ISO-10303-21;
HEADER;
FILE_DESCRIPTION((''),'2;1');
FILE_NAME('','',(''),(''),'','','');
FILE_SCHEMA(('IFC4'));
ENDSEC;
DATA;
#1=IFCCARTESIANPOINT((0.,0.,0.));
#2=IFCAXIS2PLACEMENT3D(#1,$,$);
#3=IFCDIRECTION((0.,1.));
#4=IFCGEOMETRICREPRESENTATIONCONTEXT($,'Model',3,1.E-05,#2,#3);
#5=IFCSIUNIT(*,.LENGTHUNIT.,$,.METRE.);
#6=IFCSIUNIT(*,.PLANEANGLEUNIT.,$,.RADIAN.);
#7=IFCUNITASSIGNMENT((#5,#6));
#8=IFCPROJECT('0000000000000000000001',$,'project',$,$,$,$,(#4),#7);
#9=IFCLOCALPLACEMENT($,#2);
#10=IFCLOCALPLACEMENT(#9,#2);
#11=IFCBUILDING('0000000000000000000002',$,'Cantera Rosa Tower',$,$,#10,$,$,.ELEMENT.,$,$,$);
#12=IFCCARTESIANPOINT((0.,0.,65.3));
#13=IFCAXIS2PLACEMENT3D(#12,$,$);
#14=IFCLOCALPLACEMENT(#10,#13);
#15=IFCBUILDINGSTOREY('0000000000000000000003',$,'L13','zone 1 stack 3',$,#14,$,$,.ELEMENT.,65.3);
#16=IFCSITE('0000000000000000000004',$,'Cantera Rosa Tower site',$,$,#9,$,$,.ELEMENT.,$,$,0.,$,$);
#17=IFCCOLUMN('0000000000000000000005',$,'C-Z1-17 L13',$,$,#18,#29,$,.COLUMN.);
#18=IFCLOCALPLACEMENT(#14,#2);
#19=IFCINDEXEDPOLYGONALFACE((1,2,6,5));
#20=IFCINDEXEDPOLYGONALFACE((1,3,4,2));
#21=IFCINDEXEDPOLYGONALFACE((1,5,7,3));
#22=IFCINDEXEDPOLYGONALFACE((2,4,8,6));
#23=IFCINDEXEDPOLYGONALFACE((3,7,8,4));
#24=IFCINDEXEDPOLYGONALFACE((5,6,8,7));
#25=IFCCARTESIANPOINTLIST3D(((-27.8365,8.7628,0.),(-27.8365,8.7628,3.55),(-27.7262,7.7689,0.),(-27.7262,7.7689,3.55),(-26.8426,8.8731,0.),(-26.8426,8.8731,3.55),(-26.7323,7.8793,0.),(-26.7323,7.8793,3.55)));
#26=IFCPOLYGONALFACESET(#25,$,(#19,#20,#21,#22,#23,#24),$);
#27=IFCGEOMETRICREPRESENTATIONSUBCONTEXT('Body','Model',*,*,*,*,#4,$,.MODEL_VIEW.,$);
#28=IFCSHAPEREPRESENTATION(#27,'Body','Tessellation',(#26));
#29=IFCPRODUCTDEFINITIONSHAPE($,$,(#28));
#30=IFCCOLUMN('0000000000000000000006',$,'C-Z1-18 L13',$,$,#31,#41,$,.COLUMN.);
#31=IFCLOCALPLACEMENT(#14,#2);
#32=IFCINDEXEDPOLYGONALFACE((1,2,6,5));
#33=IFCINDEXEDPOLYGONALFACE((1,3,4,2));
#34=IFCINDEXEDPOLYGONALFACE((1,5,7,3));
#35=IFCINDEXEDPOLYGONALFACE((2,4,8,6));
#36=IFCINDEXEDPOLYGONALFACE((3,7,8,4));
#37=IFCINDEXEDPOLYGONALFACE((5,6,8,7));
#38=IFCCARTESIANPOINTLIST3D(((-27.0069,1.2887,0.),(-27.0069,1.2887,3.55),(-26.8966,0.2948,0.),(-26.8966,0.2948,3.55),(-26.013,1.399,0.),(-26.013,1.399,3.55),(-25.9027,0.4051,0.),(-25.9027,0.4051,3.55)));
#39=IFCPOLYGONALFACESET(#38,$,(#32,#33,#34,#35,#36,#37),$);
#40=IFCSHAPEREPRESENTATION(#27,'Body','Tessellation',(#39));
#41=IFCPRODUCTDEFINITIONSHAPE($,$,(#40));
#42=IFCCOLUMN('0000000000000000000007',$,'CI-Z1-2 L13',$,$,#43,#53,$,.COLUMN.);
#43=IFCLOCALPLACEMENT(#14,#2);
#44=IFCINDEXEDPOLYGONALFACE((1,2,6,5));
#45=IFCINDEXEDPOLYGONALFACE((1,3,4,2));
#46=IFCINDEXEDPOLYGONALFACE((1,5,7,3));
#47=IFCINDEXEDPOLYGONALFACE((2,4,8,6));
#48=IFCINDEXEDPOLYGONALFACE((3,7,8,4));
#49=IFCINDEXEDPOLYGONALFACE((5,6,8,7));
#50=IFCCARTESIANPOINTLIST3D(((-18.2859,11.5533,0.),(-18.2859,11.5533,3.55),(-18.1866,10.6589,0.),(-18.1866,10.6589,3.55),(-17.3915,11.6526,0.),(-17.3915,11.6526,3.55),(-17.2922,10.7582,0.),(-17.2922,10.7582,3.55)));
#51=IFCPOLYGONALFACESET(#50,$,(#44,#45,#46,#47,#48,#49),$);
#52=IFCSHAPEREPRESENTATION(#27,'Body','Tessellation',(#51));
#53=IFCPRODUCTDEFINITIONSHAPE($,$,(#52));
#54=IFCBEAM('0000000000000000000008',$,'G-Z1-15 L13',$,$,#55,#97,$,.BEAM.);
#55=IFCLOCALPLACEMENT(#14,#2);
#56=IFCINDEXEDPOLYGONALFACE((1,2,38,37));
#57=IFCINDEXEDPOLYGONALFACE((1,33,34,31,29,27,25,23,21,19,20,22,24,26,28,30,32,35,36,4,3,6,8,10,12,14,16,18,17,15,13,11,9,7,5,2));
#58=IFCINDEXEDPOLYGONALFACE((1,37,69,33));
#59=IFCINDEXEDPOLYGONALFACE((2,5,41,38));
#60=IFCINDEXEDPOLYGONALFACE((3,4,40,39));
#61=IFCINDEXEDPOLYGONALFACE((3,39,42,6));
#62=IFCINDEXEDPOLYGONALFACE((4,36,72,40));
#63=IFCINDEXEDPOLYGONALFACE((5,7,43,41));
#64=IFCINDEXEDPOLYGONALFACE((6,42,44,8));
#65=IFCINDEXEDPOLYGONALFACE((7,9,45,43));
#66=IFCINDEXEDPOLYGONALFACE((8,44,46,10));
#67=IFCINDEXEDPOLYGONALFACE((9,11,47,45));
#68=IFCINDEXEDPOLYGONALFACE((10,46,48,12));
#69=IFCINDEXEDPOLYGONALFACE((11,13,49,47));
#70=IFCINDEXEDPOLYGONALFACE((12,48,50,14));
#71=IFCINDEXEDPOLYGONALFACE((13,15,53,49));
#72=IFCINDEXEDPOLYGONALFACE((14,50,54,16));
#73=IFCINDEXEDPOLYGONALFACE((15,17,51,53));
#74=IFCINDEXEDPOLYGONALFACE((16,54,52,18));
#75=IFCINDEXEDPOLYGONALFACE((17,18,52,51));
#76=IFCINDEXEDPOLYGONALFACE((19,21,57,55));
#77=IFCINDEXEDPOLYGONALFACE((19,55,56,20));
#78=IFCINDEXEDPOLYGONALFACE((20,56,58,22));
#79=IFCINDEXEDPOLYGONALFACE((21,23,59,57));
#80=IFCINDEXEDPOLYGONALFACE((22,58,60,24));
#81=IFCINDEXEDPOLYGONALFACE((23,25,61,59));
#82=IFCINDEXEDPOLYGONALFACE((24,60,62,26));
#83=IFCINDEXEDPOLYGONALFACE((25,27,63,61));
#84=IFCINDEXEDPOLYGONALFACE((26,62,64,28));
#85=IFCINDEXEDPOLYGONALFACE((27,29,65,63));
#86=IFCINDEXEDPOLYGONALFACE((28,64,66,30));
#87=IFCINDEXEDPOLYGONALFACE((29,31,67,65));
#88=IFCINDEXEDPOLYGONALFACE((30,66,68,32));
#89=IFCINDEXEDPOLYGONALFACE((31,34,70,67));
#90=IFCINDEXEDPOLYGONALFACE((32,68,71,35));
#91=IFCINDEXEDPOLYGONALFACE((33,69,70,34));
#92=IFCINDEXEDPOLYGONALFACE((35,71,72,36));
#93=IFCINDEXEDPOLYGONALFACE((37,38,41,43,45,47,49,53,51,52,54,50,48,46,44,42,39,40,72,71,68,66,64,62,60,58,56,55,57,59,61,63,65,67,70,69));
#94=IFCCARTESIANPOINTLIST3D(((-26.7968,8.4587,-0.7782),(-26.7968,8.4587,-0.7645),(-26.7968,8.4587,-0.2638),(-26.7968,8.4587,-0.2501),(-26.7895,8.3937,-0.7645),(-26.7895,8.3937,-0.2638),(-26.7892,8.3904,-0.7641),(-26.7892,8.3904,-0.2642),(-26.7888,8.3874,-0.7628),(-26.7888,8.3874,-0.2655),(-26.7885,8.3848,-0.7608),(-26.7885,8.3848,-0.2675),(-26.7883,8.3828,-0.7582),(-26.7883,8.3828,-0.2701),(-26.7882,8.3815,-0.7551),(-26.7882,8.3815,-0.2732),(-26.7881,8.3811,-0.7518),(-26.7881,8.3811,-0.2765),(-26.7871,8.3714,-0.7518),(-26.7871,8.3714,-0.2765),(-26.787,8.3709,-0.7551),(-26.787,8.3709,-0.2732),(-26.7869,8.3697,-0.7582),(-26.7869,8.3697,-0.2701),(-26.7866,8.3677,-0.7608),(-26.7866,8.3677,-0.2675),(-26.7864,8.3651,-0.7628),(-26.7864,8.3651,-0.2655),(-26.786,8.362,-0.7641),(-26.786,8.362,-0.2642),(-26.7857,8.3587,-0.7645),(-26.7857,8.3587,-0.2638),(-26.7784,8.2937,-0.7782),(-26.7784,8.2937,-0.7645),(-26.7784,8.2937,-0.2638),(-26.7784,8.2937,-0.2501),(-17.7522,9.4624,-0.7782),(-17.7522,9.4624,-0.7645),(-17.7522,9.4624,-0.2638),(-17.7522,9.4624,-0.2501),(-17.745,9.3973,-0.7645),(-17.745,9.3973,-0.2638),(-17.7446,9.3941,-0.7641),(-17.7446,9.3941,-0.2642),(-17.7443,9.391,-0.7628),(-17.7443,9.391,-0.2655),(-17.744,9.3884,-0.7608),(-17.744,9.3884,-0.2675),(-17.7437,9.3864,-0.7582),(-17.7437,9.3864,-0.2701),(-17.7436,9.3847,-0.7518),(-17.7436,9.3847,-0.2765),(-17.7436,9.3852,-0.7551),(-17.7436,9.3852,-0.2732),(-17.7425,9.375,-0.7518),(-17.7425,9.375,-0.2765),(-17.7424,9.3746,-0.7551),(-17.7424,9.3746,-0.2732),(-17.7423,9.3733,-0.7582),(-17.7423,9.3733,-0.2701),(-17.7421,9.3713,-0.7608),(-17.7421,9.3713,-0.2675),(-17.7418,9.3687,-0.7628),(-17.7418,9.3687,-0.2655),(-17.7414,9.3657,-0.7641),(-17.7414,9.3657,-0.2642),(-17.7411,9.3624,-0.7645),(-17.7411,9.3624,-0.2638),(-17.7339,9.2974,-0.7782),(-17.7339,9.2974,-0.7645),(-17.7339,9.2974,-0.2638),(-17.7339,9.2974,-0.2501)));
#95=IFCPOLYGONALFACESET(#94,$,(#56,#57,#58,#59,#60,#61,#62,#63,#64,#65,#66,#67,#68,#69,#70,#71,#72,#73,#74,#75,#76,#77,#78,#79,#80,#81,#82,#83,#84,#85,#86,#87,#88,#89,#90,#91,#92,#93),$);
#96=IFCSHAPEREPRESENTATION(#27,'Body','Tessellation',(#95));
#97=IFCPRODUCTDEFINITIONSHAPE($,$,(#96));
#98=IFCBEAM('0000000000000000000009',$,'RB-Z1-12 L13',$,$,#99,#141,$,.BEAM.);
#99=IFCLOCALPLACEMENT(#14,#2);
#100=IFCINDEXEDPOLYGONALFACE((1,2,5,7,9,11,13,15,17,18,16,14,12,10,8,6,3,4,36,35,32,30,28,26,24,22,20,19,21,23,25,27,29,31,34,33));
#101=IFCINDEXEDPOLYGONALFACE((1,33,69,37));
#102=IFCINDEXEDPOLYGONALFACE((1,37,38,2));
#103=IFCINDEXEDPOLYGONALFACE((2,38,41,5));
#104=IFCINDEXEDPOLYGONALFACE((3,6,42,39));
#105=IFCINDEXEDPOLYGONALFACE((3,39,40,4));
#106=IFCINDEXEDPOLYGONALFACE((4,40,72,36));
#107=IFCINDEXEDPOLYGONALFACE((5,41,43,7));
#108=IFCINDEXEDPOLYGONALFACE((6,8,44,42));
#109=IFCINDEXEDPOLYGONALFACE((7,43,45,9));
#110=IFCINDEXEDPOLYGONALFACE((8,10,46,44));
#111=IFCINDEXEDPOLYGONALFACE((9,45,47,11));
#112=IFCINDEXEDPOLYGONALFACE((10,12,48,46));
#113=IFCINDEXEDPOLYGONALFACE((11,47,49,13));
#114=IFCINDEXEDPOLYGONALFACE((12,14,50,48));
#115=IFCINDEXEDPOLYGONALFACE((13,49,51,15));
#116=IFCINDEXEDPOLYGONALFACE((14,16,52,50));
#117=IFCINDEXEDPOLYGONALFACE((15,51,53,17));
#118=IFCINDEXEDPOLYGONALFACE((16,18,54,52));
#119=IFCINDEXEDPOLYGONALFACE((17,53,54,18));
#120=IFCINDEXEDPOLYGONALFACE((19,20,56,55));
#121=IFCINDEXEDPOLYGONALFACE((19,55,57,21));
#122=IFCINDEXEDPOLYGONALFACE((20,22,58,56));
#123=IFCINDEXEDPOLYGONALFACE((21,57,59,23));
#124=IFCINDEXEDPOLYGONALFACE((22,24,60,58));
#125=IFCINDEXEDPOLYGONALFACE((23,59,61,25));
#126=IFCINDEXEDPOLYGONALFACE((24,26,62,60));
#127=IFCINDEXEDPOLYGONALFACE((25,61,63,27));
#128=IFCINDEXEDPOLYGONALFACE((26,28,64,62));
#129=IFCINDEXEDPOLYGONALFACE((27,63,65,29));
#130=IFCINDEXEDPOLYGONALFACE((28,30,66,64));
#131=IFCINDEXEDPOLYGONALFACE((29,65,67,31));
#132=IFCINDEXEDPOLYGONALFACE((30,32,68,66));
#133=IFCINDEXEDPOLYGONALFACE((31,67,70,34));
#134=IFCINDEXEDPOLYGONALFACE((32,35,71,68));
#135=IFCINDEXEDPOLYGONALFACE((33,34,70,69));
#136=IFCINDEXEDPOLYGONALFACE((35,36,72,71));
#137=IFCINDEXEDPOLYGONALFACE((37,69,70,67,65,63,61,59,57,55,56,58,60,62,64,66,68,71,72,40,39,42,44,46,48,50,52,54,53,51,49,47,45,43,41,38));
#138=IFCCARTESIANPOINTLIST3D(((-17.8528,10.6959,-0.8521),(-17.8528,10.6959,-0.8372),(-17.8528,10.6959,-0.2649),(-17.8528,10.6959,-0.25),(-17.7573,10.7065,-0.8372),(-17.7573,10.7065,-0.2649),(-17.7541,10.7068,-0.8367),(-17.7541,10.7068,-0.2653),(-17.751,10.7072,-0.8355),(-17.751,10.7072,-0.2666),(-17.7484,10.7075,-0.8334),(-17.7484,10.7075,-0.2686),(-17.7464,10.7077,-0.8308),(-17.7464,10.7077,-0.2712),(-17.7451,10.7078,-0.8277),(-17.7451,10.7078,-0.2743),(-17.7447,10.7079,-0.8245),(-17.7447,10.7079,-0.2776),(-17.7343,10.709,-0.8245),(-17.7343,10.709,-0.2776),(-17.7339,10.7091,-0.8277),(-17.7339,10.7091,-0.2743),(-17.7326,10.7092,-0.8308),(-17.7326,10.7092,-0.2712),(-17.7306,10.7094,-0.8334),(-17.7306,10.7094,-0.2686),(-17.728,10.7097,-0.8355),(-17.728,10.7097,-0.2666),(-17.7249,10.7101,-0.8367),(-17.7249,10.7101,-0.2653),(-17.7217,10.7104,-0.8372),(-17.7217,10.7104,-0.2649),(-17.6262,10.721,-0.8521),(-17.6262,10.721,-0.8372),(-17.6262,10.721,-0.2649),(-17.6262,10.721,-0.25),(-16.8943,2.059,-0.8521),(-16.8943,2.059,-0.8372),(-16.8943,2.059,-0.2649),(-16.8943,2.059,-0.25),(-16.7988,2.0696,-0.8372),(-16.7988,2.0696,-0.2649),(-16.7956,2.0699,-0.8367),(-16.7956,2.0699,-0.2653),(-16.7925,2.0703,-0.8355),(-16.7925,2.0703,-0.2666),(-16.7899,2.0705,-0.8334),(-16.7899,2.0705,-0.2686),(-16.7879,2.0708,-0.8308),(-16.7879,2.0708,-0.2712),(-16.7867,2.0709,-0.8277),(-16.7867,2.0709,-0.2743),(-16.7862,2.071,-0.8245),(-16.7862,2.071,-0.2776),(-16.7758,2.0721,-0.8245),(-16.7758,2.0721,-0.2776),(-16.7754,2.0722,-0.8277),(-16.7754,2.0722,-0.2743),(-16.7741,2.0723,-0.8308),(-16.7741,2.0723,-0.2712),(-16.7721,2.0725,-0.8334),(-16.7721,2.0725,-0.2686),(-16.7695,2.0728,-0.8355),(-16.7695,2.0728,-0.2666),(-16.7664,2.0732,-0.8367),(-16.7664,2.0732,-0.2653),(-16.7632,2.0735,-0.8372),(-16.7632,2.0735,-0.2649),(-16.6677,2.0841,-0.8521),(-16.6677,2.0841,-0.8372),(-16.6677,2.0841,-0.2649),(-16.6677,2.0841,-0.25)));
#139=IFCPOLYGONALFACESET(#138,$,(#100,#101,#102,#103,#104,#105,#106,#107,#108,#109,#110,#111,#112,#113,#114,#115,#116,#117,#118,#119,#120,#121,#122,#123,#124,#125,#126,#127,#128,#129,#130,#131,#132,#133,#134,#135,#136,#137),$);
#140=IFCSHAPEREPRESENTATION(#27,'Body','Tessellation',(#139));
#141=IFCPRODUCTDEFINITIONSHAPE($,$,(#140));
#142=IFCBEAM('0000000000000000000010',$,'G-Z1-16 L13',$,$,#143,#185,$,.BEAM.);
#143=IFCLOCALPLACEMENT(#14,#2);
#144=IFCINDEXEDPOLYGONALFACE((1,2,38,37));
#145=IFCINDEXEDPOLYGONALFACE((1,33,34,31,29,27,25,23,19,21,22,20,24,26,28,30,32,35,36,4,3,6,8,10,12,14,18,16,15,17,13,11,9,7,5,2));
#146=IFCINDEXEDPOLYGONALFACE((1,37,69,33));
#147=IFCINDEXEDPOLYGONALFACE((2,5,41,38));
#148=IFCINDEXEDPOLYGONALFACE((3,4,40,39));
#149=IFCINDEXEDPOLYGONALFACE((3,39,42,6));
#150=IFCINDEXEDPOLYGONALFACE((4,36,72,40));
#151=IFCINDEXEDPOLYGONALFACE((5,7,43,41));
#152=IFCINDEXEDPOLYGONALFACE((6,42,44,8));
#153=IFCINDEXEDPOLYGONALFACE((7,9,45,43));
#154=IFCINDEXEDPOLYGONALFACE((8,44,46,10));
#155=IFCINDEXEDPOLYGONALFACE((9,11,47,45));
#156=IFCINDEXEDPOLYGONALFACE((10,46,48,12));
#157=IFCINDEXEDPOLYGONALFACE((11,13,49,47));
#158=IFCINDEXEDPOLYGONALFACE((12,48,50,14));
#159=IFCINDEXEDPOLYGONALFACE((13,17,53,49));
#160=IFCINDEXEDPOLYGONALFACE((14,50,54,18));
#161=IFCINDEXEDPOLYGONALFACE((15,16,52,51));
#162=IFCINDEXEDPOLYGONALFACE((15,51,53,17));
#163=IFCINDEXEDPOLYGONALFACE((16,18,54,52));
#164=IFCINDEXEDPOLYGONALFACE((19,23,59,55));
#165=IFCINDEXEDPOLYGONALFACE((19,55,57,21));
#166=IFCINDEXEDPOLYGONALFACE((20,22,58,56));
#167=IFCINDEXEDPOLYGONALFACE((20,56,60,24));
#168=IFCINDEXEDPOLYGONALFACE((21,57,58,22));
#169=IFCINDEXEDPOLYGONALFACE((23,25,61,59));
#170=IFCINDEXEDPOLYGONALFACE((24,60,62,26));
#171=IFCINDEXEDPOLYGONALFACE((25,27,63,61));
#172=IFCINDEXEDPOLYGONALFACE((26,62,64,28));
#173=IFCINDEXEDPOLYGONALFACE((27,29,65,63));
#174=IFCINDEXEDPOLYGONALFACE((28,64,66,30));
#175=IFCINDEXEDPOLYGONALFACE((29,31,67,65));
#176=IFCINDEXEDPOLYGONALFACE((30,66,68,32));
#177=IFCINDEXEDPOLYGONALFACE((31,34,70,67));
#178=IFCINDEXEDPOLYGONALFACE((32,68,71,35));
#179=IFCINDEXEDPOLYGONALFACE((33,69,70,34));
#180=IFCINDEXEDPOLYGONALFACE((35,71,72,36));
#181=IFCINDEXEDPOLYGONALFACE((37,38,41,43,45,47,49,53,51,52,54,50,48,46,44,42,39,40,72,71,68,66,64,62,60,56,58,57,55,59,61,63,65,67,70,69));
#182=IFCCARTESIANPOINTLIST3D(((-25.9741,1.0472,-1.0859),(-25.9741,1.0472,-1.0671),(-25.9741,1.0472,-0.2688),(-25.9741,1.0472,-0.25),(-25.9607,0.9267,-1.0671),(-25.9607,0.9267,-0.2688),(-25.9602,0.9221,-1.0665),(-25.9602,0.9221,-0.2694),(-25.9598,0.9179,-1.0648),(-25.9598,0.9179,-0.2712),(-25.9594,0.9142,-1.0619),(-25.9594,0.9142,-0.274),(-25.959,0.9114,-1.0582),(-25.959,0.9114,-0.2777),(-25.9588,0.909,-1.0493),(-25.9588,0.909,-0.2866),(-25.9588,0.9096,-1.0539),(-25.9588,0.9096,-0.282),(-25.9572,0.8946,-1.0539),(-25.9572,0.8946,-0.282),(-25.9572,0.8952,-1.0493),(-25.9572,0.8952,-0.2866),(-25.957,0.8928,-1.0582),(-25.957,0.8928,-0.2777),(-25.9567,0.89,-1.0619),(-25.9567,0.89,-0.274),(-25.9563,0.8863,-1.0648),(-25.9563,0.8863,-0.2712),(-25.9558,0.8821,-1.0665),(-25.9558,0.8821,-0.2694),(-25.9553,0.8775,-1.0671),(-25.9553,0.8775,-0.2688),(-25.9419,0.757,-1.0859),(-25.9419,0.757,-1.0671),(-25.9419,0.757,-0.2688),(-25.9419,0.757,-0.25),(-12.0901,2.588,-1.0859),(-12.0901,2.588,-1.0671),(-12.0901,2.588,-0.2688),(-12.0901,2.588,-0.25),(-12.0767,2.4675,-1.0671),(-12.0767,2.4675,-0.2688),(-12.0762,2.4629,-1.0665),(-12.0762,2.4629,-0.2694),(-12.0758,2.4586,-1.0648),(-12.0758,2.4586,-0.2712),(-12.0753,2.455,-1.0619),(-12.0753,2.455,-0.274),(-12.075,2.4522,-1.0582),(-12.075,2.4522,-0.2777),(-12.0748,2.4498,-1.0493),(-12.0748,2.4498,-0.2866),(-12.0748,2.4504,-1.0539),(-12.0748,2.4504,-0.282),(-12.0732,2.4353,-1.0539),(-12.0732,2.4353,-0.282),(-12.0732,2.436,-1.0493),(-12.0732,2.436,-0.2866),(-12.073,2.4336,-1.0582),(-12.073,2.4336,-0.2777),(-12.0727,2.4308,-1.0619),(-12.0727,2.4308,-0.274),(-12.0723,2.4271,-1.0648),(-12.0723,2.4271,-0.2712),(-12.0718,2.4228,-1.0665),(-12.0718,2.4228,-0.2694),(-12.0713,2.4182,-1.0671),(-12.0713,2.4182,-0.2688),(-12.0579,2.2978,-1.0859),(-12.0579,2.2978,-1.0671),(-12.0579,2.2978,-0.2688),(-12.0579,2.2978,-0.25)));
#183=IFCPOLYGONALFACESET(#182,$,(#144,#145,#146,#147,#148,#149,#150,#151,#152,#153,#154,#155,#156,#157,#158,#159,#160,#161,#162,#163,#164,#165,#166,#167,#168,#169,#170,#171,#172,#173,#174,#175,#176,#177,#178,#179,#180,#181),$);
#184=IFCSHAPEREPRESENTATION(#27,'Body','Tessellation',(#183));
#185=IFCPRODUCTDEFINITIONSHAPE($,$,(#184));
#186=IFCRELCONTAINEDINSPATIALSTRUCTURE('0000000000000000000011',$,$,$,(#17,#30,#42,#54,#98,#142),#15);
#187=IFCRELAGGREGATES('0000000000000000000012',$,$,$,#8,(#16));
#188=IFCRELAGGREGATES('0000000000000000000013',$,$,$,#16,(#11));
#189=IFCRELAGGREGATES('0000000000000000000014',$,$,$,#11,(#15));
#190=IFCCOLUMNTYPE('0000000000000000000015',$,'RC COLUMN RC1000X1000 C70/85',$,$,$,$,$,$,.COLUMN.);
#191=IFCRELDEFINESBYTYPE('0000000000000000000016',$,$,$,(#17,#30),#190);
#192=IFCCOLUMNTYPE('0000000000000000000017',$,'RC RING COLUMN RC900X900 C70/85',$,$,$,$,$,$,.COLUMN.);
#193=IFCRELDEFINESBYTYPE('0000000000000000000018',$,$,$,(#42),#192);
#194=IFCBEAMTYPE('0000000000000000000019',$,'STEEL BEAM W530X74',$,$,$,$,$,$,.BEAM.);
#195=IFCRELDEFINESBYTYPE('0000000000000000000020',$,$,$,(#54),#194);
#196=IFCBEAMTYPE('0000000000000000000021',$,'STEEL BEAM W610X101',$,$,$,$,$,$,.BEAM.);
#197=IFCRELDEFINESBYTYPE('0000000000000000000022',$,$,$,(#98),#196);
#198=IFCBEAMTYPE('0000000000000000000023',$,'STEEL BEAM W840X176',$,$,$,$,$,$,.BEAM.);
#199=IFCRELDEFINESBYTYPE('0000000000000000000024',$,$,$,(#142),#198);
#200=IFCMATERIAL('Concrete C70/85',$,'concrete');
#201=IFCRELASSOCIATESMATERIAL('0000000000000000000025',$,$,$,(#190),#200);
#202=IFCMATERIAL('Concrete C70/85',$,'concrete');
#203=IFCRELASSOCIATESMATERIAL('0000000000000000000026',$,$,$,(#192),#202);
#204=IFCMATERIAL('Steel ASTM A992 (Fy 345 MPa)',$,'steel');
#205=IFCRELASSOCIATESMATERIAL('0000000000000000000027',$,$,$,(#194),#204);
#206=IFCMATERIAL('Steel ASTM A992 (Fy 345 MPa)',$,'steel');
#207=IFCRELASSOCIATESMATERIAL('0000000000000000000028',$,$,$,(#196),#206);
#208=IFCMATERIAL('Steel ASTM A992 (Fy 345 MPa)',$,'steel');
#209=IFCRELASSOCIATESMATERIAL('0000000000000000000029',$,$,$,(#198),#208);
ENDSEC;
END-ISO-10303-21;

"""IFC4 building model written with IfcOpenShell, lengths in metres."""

from ifc_helpers import new_model, si_unit, direction, frame, origin, origin_2d, place, context, subcontext, project, spatial, rectangle, i_section, extrude, material, material_profile, profile_set, type_object, element, save


model = new_model("IFC4")

# Units and contexts
model_context = context("Model", 3, precision=1e-05, world=origin(), true_north=direction((0.0, 1.0)))
body_context = subcontext(model_context, "Body", "Model", "MODEL_VIEW")
ifc_project = project(units=[si_unit("LENGTHUNIT", "METRE"), si_unit("PLANEANGLEUNIT", "RADIAN")], contexts=[model_context])

# Site, building, storey
site_placement = place(None, origin())
site = spatial("IfcSite", under=ifc_project, at=site_placement, Name="Cantera Rosa Tower site", CompositionType="ELEMENT", RefElevation=0.0)
building_placement = place(site_placement, origin())
building = spatial("IfcBuilding", under=site, at=building_placement, Name="Cantera Rosa Tower", CompositionType="ELEMENT")
storey_placement = place(building_placement, frame((0.0, 0.0, 65.3)))
storey = spatial("IfcBuildingStorey", under=building, at=storey_placement, Name="L13", Description="zone 1 stack 3", CompositionType="ELEMENT", Elevation=65.3)

# Columns
ifc_material_1 = material(Name="Concrete C70/85", Category="concrete")
ifc_material_profile_1 = material_profile(ifc_material_1, rectangle(XDim=1.0, YDim=1.0, at=origin_2d()), Name="RC COLUMN RC1000X1000 C70/85")
ifc_profile_set_1 = profile_set([ifc_material_profile_1], Name="Concrete C70/85")
column_type_1 = type_object("IfcColumnType", Name="RC COLUMN RC1000X1000 C70/85", PredefinedType="COLUMN", material=ifc_profile_set_1)
for number, where, z_axis, x_axis, name in (
    (1, (-27.2844, 8.321, 0.0), (0.0, 0.0, 1.0), (0.993897, 0.110313, 0.0), "C-Z1-17 L13"),
    (2, (-26.4548, 0.8469, 0.0), (0.0, 0.0, 1.0), (0.993897, 0.110313, 0.0), "C-Z1-18 L13"),
):
    element("IfcColumn", number, at=place(storey_placement, frame(where, z_axis=z_axis, x_axis=x_axis)), inside=storey, type_object=column_type_1, Name=name, PredefinedType="COLUMN", context=body_context, shape_type="SweptSolid", body=[
        extrude(rectangle(XDim=1.0, YDim=1.0, at=origin_2d()), origin(), (0.0, 0.0, 1.0), 3.55),
    ])
ifc_material_2 = material(Name="Concrete C70/85", Category="concrete")
ifc_material_profile_2 = material_profile(ifc_material_2, rectangle(XDim=0.8999, YDim=0.8999, at=origin_2d()), Name="RC RING COLUMN RC900X900 C70/85")
ifc_profile_set_2 = profile_set([ifc_material_profile_2], Name="Concrete C70/85")
column_type_2 = type_object("IfcColumnType", Name="RC RING COLUMN RC900X900 C70/85", PredefinedType="COLUMN", material=ifc_profile_set_2)
column_placement = place(storey_placement, frame((-17.7891, 11.1558, 0.0), z_axis=(0.0, 0.0, 1.0), x_axis=(0.993897, 0.110313, 0.0)))
element("IfcColumn", 3, at=column_placement, inside=storey, type_object=column_type_2, Name="CI-Z1-2 L13", PredefinedType="COLUMN", context=body_context, shape_type="SweptSolid", body=[
    extrude(rectangle(XDim=0.8999, YDim=0.8999, at=origin_2d()), origin(), (0.0, 0.0, 1.0), 3.55),
])

# Beams
ifc_material_3 = material(Name="Steel ASTM A992 (Fy 345 MPa)", Category="steel")
ifc_material_profile_3 = material_profile(ifc_material_3, i_section(OverallWidth=0.166, OverallDepth=0.5281, WebThickness=0.0098, FlangeThickness=0.0137, FilletRadius=0.0127, at=origin_2d()), Name="W530X74")
ifc_profile_set_3 = profile_set([ifc_material_profile_3], Name="Steel ASTM A992 (Fy 345 MPa)")
beam_type_1 = type_object("IfcBeamType", Name="STEEL BEAM W530X74", PredefinedType="BEAM", material=ifc_profile_set_3)
beam_1_placement = place(storey_placement, frame((-26.7876, 8.3762, -0.5142), z_axis=(0.993899, 0.11029, 0.0), x_axis=(-0.11029, 0.993899, 0.0)))
element("IfcBeam", 4, at=beam_1_placement, inside=storey, type_object=beam_type_1, Name="G-Z1-15 L13", PredefinedType="BEAM", context=body_context, shape_type="SweptSolid", body=[
    extrude(i_section(OverallWidth=0.166, OverallDepth=0.5281, WebThickness=0.0098, FlangeThickness=0.0137, FilletRadius=0.0127, at=origin_2d()), origin(), (0.0, 0.0, 1.0), 9.1001),
])
ifc_material_4 = material(Name="Steel ASTM A992 (Fy 345 MPa)", Category="steel")
ifc_material_profile_4 = material_profile(ifc_material_4, i_section(OverallWidth=0.228, OverallDepth=0.6021, WebThickness=0.0105, FlangeThickness=0.0149, FilletRadius=0.0127, at=origin_2d()), Name="W610X101")
ifc_profile_set_4 = profile_set([ifc_material_profile_4], Name="Steel ASTM A992 (Fy 345 MPa)")
beam_type_2 = type_object("IfcBeamType", Name="STEEL BEAM W610X101", PredefinedType="BEAM", material=ifc_profile_set_4)
beam_2_placement = place(storey_placement, frame((-16.781, 2.0715, -0.551), z_axis=(-0.110299, 0.993898, 0.0), x_axis=(-0.993898, -0.110299, 0.0)))
element("IfcBeam", 5, at=beam_2_placement, inside=storey, type_object=beam_type_2, Name="RB-Z1-12 L13", PredefinedType="BEAM", context=body_context, shape_type="SweptSolid", body=[
    extrude(i_section(OverallWidth=0.228, OverallDepth=0.6021, WebThickness=0.0105, FlangeThickness=0.0149, FilletRadius=0.0127, at=origin_2d()), origin(), (0.0, 0.0, 1.0), 8.6899),
])
ifc_material_5 = material(Name="Steel ASTM A992 (Fy 345 MPa)", Category="steel")
ifc_material_profile_5 = material_profile(ifc_material_5, i_section(OverallWidth=0.292, OverallDepth=0.8359, WebThickness=0.0139, FlangeThickness=0.0188, FilletRadius=0.0178, at=origin_2d()), Name="W840X176")
ifc_profile_set_5 = profile_set([ifc_material_profile_5], Name="Steel ASTM A992 (Fy 345 MPa)")
beam_type_3 = type_object("IfcBeamType", Name="STEEL BEAM W840X176", PredefinedType="BEAM", material=ifc_profile_set_5)
beam_3_placement = place(storey_placement, frame((-25.958, 0.9021, -0.668), z_axis=(0.993899, 0.110297, 0.0), x_axis=(-0.110297, 0.993899, 0.0)))
element("IfcBeam", 6, at=beam_3_placement, inside=storey, type_object=beam_type_3, Name="G-Z1-16 L13", PredefinedType="BEAM", context=body_context, shape_type="SweptSolid", body=[
    extrude(i_section(OverallWidth=0.292, OverallDepth=0.8359, WebThickness=0.0139, FlangeThickness=0.0188, FilletRadius=0.0178, at=origin_2d()), origin(), (0.0, 0.0, 1.0), 13.9692),
])

save(model, "model.ifc")
